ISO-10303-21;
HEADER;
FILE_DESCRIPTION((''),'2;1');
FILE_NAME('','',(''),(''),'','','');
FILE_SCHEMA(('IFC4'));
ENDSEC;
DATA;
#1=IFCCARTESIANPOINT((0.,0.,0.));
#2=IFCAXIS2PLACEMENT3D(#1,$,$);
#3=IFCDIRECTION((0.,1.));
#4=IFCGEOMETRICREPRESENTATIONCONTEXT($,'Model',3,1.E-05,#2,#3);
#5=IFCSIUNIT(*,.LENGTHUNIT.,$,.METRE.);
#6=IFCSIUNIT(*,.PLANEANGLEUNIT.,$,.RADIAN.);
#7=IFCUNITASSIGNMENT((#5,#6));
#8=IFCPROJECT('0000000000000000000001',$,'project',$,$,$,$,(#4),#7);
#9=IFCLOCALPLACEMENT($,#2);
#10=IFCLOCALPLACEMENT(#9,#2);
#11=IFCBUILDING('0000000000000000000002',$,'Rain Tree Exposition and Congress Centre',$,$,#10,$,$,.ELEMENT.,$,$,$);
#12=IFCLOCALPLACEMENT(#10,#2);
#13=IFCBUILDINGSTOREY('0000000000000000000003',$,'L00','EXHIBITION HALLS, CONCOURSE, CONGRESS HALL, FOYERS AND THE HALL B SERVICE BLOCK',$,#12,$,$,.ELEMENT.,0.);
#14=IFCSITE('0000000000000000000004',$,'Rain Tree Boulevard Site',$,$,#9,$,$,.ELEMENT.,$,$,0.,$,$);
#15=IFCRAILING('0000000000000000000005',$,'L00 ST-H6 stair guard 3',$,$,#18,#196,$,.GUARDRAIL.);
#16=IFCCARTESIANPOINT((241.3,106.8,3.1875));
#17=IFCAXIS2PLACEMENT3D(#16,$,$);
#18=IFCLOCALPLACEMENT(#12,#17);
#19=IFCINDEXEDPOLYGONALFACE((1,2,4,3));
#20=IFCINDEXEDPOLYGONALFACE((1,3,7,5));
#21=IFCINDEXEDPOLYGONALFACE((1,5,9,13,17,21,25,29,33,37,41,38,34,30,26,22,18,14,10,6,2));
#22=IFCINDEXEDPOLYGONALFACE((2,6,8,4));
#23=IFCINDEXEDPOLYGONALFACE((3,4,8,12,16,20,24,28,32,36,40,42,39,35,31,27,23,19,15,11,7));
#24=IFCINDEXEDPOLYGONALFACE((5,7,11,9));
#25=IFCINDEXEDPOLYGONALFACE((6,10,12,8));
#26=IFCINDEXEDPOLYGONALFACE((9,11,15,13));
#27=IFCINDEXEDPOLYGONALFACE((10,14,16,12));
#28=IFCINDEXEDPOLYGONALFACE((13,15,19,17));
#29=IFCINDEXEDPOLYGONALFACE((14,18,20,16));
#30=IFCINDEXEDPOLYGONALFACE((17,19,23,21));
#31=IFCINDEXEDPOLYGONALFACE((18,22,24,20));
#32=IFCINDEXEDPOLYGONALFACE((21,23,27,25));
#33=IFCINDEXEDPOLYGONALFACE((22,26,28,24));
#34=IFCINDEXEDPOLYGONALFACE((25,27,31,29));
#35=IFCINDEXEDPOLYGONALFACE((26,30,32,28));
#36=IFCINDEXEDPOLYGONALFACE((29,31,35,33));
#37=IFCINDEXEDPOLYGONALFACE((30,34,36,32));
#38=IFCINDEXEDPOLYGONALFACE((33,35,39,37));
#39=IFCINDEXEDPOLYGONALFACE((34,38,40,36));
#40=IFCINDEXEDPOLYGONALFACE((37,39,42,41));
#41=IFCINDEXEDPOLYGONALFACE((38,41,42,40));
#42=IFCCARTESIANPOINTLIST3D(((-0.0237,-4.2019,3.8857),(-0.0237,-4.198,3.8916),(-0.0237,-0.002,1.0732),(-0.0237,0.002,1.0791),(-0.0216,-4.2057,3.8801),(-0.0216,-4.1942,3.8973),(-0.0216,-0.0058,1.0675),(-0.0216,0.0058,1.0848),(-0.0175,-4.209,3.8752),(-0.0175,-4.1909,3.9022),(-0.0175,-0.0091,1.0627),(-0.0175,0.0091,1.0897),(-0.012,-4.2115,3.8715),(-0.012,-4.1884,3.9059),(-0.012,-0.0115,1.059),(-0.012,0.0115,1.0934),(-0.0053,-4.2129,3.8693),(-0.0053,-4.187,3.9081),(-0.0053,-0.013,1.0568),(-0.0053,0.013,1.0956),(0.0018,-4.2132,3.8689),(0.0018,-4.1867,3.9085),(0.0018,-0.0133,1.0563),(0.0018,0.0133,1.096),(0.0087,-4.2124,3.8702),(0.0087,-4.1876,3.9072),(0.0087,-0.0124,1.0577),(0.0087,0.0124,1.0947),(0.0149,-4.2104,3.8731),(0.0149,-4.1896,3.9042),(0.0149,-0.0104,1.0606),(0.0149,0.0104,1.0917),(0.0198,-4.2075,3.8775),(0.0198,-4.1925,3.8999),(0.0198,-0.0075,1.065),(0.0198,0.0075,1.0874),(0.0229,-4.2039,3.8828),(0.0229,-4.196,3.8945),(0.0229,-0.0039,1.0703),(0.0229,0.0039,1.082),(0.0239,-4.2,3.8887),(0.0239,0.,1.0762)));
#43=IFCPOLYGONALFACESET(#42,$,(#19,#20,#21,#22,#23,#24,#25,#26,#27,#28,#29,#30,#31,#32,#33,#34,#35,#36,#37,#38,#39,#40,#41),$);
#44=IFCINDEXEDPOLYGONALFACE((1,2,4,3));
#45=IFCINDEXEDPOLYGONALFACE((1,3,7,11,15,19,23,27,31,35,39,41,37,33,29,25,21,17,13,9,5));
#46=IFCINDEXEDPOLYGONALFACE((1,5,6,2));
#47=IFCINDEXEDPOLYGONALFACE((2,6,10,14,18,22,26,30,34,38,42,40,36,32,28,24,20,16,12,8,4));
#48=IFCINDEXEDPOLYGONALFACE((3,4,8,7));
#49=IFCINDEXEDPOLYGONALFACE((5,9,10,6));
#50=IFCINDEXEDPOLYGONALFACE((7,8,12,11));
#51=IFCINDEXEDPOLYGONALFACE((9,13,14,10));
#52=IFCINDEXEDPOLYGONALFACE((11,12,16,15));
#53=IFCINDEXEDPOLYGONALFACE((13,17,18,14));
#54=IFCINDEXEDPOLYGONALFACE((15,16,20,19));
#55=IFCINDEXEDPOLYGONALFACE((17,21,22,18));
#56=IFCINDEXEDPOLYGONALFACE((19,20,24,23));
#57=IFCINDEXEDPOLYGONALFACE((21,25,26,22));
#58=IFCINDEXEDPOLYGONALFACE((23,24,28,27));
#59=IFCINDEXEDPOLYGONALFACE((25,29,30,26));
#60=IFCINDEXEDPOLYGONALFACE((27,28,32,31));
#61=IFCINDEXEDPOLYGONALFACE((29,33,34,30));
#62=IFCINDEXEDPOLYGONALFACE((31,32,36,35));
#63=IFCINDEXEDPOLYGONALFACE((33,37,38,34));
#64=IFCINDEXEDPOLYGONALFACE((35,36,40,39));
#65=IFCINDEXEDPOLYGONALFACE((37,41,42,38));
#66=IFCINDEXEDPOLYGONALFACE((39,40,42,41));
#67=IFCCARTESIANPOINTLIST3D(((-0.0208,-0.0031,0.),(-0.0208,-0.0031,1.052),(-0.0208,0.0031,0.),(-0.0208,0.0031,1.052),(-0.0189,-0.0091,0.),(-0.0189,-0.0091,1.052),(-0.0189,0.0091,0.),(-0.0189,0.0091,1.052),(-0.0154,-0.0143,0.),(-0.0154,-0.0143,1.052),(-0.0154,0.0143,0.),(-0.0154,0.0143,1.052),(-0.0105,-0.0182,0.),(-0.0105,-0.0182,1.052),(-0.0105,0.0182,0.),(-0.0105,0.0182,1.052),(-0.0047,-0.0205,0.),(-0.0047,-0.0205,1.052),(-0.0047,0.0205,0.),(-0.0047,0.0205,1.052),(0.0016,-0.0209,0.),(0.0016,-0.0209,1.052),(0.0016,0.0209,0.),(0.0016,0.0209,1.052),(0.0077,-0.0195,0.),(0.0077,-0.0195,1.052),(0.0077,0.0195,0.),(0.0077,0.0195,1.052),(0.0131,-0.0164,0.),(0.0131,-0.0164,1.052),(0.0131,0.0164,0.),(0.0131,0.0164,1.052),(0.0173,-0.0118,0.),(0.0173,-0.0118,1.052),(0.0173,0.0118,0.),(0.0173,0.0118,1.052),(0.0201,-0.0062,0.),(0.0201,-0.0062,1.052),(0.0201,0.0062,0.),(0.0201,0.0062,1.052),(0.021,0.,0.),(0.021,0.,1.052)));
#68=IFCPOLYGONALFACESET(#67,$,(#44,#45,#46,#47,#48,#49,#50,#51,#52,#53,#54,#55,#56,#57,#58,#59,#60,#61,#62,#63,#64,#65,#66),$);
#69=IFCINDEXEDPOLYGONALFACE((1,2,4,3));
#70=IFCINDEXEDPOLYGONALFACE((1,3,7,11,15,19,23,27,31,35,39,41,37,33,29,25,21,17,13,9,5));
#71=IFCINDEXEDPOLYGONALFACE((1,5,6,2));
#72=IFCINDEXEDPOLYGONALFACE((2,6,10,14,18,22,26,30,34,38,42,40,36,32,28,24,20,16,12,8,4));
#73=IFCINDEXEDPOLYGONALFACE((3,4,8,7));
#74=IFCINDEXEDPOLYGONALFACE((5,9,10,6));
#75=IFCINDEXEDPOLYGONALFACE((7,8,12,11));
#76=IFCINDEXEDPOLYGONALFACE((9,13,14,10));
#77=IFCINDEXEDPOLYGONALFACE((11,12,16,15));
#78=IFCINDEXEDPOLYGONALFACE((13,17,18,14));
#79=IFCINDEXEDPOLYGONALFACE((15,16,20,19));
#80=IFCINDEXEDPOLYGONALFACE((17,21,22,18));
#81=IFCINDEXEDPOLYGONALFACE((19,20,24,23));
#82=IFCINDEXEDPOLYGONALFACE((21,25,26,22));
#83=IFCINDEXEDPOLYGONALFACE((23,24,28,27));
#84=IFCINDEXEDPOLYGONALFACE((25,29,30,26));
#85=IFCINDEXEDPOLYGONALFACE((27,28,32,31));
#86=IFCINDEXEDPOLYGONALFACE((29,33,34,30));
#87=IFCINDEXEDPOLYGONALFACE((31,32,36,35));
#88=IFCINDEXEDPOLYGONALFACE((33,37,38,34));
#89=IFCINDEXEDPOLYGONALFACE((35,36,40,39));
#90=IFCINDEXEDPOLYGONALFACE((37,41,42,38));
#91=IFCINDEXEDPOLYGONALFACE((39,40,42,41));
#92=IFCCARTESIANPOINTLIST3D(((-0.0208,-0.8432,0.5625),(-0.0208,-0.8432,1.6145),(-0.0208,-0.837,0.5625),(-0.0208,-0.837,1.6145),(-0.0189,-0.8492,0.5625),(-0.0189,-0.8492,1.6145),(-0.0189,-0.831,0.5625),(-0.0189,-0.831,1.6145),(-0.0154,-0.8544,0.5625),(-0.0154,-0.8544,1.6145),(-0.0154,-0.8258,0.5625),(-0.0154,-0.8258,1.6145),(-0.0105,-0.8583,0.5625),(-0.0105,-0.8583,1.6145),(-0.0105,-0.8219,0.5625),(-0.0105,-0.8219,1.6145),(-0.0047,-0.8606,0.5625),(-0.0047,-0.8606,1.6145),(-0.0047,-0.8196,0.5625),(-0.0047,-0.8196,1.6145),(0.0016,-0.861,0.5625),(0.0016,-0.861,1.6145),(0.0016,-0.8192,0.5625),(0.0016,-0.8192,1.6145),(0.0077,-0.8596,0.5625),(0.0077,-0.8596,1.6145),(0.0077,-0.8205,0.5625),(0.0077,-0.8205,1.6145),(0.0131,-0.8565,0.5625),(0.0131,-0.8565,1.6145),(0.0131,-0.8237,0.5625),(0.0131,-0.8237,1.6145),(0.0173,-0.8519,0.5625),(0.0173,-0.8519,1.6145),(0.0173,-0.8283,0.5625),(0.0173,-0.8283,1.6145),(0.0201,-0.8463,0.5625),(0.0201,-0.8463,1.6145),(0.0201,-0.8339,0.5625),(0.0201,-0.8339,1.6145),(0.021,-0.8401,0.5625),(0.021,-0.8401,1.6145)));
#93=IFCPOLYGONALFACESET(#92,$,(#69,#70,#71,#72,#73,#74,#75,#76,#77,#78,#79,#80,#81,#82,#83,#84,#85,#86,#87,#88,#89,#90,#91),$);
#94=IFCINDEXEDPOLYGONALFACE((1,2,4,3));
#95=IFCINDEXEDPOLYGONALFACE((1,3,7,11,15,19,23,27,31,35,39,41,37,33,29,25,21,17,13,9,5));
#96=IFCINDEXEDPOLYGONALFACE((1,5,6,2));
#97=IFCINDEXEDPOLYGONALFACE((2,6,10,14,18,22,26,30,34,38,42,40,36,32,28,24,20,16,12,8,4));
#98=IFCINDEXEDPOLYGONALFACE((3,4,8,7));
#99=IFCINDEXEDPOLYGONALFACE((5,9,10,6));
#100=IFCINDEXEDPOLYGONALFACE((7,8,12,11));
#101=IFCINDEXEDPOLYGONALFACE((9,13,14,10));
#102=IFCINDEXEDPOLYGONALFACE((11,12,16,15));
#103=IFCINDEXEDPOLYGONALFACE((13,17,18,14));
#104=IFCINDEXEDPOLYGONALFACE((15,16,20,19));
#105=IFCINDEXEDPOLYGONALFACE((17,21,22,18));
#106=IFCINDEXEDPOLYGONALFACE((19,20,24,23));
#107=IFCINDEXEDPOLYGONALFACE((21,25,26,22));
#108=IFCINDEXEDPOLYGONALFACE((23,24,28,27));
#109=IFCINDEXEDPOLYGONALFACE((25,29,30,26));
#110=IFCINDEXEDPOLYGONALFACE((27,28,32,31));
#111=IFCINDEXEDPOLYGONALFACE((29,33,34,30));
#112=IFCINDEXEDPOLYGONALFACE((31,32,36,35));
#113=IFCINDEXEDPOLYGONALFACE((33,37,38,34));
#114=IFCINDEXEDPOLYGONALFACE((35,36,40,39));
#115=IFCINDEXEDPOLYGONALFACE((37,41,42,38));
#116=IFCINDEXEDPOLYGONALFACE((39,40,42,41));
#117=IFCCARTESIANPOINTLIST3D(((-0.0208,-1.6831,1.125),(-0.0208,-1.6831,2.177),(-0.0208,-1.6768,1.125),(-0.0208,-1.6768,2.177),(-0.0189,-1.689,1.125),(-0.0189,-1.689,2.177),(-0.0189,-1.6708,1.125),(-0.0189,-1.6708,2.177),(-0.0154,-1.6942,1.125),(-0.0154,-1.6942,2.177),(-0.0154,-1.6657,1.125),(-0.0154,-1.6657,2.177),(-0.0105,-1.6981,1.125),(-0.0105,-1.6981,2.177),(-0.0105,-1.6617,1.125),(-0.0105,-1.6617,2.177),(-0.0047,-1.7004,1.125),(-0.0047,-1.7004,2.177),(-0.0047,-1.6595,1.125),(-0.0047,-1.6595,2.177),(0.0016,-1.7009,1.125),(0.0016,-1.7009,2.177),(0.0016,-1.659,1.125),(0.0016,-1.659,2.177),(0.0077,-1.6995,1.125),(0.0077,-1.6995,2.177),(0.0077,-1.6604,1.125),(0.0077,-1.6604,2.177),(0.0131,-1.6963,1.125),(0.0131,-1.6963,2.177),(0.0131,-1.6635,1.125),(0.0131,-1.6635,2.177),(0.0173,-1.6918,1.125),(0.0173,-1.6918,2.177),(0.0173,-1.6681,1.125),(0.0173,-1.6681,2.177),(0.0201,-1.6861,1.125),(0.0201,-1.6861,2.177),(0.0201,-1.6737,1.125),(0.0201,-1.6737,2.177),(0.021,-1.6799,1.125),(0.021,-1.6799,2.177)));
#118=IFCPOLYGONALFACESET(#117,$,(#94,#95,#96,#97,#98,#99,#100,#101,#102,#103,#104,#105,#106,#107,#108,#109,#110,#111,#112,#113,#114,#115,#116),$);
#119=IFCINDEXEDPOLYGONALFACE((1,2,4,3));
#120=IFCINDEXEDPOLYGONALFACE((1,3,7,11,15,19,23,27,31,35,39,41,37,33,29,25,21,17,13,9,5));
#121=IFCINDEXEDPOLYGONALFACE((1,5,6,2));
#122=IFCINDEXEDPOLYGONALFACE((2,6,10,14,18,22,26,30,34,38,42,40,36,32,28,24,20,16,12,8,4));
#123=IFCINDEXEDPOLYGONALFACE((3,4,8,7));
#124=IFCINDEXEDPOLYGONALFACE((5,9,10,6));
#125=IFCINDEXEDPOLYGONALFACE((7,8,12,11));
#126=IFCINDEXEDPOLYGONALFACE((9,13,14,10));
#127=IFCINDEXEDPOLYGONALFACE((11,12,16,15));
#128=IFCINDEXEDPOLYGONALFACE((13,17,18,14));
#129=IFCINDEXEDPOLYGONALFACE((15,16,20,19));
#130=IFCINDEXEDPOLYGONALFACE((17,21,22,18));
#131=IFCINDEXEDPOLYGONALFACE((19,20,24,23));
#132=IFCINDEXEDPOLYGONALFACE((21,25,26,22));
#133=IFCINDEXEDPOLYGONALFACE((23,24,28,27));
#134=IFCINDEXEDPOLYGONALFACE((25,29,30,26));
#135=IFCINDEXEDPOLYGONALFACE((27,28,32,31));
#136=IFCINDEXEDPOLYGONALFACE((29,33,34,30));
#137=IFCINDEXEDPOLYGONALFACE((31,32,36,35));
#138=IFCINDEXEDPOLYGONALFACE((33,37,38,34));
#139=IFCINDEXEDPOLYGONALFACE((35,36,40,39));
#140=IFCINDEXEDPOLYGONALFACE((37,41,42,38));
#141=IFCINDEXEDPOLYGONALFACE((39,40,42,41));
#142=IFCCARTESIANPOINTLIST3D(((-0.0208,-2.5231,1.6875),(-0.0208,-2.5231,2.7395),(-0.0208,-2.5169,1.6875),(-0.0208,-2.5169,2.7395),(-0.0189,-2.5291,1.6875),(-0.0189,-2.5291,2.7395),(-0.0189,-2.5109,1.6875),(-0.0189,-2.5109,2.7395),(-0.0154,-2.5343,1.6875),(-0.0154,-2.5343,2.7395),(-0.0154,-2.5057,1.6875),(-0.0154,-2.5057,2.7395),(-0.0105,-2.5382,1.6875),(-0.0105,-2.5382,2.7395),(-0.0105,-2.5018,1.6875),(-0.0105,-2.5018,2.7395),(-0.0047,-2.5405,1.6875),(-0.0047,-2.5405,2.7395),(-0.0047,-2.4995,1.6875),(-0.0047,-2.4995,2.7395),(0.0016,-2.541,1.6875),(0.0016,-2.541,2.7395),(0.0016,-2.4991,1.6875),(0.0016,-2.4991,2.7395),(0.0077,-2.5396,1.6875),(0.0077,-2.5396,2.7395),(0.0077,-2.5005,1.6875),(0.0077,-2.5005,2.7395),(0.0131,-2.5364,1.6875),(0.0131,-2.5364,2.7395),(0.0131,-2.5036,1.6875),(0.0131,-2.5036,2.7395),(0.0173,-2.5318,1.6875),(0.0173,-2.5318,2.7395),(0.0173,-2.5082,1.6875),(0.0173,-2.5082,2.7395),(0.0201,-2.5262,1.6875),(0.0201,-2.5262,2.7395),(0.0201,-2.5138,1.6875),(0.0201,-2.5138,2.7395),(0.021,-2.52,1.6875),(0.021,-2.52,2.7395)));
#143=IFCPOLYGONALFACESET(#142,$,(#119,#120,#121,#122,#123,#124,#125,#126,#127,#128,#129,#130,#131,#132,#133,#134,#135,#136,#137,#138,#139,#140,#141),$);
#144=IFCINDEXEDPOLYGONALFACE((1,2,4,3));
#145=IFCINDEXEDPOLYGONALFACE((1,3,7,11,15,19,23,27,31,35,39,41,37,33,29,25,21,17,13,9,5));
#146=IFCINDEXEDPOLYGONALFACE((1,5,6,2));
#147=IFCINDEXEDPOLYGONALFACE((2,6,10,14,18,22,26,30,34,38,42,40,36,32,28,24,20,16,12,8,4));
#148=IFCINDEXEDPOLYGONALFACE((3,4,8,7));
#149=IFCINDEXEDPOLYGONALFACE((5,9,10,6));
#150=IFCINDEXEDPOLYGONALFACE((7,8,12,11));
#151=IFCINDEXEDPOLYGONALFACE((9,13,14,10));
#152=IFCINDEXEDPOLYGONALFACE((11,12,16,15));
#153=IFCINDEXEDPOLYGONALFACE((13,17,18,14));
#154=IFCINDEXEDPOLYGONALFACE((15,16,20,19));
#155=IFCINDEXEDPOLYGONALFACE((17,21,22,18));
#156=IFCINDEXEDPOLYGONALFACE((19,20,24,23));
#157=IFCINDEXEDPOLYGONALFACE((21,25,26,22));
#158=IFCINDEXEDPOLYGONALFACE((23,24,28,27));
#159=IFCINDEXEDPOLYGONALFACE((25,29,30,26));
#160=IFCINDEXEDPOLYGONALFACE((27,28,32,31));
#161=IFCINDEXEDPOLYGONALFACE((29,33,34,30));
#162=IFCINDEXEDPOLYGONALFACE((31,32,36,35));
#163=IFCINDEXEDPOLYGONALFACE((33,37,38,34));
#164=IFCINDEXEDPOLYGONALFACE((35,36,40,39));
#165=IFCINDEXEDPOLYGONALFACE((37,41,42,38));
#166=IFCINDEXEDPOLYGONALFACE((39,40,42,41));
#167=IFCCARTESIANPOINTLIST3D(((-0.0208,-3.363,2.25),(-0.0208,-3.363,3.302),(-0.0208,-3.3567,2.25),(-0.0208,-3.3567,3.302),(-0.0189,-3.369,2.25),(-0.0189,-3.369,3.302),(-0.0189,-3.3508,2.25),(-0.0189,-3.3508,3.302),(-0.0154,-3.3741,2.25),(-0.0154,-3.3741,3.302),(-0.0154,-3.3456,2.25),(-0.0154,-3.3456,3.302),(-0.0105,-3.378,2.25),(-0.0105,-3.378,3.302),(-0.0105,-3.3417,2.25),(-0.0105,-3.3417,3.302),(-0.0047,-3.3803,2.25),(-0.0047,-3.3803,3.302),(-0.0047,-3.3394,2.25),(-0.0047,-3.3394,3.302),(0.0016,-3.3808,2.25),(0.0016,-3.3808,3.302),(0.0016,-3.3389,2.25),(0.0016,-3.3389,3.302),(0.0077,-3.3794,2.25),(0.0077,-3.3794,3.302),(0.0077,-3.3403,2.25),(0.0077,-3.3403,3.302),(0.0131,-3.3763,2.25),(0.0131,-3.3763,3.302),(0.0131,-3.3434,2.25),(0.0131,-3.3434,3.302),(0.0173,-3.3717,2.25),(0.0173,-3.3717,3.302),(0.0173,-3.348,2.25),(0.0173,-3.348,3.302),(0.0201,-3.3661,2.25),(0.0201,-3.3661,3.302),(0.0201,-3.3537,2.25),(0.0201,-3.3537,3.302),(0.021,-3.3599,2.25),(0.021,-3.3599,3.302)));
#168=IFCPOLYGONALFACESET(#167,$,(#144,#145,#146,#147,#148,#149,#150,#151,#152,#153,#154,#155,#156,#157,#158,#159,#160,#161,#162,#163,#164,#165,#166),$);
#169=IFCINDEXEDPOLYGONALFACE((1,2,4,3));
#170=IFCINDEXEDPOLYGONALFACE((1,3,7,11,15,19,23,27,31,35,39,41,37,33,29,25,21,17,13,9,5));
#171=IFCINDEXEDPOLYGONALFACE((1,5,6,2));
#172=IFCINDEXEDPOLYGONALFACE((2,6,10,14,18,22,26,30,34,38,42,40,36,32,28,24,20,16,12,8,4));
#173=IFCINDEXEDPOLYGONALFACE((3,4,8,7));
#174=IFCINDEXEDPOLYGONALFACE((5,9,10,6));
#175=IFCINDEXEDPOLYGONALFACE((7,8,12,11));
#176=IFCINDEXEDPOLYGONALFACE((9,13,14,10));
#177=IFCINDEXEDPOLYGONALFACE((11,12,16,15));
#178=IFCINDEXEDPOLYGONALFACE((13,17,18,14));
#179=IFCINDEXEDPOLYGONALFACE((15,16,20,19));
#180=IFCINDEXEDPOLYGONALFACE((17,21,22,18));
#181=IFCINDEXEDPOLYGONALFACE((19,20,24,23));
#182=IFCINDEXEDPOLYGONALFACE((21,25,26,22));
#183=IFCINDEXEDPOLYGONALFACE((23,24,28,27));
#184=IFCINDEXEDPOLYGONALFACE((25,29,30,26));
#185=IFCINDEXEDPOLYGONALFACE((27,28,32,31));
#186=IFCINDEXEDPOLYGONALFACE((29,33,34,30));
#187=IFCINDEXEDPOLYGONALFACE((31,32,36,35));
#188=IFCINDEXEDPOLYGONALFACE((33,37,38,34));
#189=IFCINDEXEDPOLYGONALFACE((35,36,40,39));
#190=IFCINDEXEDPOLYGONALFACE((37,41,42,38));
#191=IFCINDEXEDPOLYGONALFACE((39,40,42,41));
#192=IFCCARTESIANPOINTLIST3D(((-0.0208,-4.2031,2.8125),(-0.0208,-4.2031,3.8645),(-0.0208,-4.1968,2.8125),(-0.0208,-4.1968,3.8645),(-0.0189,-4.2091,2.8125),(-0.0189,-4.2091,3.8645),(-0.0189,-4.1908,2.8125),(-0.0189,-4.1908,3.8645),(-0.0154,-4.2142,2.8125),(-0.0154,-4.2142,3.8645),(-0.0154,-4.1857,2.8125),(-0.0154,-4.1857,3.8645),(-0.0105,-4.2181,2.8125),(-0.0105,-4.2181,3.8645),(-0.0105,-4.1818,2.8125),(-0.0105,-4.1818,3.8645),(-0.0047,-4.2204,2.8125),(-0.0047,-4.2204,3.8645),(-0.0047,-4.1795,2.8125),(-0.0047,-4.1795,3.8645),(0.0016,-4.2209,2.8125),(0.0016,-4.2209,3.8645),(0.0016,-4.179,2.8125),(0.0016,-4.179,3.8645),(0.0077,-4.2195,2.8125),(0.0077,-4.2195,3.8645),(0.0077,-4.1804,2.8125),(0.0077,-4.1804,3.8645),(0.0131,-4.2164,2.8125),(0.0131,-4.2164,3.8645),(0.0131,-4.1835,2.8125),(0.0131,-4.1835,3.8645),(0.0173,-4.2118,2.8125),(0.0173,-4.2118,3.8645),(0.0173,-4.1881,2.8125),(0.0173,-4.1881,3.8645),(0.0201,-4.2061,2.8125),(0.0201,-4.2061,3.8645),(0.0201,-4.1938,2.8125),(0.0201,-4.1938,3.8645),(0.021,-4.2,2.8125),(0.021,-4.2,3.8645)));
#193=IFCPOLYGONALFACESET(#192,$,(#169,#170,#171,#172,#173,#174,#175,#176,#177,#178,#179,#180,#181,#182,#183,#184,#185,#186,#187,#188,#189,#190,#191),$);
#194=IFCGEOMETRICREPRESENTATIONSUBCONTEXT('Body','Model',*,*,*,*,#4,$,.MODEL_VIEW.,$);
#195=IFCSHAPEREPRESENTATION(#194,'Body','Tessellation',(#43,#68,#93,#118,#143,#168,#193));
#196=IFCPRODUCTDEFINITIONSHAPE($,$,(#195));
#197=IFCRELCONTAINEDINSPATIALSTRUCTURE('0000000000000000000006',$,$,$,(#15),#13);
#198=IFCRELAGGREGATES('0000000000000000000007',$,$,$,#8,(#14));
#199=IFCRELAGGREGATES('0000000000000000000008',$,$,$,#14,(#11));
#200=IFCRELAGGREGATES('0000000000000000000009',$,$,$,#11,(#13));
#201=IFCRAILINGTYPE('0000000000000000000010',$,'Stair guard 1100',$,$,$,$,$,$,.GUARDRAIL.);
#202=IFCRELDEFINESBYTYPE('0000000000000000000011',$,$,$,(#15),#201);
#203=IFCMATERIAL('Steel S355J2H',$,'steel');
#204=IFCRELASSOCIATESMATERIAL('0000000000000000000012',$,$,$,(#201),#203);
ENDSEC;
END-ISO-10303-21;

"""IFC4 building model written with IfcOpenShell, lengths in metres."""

from ifc_helpers import new_model, si_unit, direction, frame, origin, origin_2d, place, context, subcontext, project, spatial, circle, extrude, material, type_object, element, save


model = new_model("IFC4")

# Units and contexts
model_context = context("Model", 3, precision=1e-05, world=origin(), true_north=direction((0.0, 1.0)))
body_context = subcontext(model_context, "Body", "Model", "MODEL_VIEW")
ifc_project = project(units=[si_unit("LENGTHUNIT", "METRE"), si_unit("PLANEANGLEUNIT", "RADIAN")], contexts=[model_context])

# Site, building, storey
site_placement = place(None, origin())
site = spatial("IfcSite", under=ifc_project, at=site_placement, Name="Rain Tree Boulevard Site", CompositionType="ELEMENT", RefElevation=0.0)
building_placement = place(site_placement, origin())
building = spatial("IfcBuilding", under=site, at=building_placement, Name="Rain Tree Exposition and Congress Centre", CompositionType="ELEMENT")
storey_placement = place(building_placement, origin())
storey = spatial("IfcBuildingStorey", under=building, at=storey_placement, Name="L00", Description="EXHIBITION HALLS, CONCOURSE, CONGRESS HALL, FOYERS AND THE HALL B SERVICE BLOCK", CompositionType="ELEMENT", Elevation=0.0)

# Railing
ifc_material_1 = material(Name="Steel S355J2H", Category="steel")
railing_type_1 = type_object("IfcRailingType", Name="Stair guard 1100", PredefinedType="GUARDRAIL", material=ifc_material_1)
railing_1_placement = place(storey_placement, frame((241.3, 106.8, 3.1875)))
element("IfcRailing", 1, at=railing_1_placement, inside=storey, type_object=railing_type_1, Name="L00 ST-H6 stair guard 3", PredefinedType="GUARDRAIL", context=body_context, shape_type="SweptSolid", body=[
    extrude(circle(Radius=0.0239, at=origin_2d()), frame((0.0, 0.0, 1.0762), z_axis=(0.0, -0.830904, 0.556416), x_axis=(1.0, 0.0, 0.0)), (0.0, 0.0, 1.0), 5.0547),
    extrude(circle(Radius=0.021, at=origin_2d()), origin(), (0.0, 0.0, 1.0), 1.052),
    extrude(circle(Radius=0.021, at=origin_2d()), frame((0.0, -0.8401, 0.5625)), (0.0, 0.0, 1.0), 1.052),
    extrude(circle(Radius=0.021, at=origin_2d()), frame((0.0, -1.6799, 1.125)), (0.0, 0.0, 1.0), 1.052),
    extrude(circle(Radius=0.021, at=origin_2d()), frame((0.0, -2.52, 1.6875)), (0.0, 0.0, 1.0), 1.052),
    extrude(circle(Radius=0.021, at=origin_2d()), frame((0.0, -3.3599, 2.25)), (0.0, 0.0, 1.0), 1.052),
    extrude(circle(Radius=0.021, at=origin_2d()), frame((0.0, -4.2, 2.8125)), (0.0, 0.0, 1.0), 1.052),
])

save(model, "model.ifc")
